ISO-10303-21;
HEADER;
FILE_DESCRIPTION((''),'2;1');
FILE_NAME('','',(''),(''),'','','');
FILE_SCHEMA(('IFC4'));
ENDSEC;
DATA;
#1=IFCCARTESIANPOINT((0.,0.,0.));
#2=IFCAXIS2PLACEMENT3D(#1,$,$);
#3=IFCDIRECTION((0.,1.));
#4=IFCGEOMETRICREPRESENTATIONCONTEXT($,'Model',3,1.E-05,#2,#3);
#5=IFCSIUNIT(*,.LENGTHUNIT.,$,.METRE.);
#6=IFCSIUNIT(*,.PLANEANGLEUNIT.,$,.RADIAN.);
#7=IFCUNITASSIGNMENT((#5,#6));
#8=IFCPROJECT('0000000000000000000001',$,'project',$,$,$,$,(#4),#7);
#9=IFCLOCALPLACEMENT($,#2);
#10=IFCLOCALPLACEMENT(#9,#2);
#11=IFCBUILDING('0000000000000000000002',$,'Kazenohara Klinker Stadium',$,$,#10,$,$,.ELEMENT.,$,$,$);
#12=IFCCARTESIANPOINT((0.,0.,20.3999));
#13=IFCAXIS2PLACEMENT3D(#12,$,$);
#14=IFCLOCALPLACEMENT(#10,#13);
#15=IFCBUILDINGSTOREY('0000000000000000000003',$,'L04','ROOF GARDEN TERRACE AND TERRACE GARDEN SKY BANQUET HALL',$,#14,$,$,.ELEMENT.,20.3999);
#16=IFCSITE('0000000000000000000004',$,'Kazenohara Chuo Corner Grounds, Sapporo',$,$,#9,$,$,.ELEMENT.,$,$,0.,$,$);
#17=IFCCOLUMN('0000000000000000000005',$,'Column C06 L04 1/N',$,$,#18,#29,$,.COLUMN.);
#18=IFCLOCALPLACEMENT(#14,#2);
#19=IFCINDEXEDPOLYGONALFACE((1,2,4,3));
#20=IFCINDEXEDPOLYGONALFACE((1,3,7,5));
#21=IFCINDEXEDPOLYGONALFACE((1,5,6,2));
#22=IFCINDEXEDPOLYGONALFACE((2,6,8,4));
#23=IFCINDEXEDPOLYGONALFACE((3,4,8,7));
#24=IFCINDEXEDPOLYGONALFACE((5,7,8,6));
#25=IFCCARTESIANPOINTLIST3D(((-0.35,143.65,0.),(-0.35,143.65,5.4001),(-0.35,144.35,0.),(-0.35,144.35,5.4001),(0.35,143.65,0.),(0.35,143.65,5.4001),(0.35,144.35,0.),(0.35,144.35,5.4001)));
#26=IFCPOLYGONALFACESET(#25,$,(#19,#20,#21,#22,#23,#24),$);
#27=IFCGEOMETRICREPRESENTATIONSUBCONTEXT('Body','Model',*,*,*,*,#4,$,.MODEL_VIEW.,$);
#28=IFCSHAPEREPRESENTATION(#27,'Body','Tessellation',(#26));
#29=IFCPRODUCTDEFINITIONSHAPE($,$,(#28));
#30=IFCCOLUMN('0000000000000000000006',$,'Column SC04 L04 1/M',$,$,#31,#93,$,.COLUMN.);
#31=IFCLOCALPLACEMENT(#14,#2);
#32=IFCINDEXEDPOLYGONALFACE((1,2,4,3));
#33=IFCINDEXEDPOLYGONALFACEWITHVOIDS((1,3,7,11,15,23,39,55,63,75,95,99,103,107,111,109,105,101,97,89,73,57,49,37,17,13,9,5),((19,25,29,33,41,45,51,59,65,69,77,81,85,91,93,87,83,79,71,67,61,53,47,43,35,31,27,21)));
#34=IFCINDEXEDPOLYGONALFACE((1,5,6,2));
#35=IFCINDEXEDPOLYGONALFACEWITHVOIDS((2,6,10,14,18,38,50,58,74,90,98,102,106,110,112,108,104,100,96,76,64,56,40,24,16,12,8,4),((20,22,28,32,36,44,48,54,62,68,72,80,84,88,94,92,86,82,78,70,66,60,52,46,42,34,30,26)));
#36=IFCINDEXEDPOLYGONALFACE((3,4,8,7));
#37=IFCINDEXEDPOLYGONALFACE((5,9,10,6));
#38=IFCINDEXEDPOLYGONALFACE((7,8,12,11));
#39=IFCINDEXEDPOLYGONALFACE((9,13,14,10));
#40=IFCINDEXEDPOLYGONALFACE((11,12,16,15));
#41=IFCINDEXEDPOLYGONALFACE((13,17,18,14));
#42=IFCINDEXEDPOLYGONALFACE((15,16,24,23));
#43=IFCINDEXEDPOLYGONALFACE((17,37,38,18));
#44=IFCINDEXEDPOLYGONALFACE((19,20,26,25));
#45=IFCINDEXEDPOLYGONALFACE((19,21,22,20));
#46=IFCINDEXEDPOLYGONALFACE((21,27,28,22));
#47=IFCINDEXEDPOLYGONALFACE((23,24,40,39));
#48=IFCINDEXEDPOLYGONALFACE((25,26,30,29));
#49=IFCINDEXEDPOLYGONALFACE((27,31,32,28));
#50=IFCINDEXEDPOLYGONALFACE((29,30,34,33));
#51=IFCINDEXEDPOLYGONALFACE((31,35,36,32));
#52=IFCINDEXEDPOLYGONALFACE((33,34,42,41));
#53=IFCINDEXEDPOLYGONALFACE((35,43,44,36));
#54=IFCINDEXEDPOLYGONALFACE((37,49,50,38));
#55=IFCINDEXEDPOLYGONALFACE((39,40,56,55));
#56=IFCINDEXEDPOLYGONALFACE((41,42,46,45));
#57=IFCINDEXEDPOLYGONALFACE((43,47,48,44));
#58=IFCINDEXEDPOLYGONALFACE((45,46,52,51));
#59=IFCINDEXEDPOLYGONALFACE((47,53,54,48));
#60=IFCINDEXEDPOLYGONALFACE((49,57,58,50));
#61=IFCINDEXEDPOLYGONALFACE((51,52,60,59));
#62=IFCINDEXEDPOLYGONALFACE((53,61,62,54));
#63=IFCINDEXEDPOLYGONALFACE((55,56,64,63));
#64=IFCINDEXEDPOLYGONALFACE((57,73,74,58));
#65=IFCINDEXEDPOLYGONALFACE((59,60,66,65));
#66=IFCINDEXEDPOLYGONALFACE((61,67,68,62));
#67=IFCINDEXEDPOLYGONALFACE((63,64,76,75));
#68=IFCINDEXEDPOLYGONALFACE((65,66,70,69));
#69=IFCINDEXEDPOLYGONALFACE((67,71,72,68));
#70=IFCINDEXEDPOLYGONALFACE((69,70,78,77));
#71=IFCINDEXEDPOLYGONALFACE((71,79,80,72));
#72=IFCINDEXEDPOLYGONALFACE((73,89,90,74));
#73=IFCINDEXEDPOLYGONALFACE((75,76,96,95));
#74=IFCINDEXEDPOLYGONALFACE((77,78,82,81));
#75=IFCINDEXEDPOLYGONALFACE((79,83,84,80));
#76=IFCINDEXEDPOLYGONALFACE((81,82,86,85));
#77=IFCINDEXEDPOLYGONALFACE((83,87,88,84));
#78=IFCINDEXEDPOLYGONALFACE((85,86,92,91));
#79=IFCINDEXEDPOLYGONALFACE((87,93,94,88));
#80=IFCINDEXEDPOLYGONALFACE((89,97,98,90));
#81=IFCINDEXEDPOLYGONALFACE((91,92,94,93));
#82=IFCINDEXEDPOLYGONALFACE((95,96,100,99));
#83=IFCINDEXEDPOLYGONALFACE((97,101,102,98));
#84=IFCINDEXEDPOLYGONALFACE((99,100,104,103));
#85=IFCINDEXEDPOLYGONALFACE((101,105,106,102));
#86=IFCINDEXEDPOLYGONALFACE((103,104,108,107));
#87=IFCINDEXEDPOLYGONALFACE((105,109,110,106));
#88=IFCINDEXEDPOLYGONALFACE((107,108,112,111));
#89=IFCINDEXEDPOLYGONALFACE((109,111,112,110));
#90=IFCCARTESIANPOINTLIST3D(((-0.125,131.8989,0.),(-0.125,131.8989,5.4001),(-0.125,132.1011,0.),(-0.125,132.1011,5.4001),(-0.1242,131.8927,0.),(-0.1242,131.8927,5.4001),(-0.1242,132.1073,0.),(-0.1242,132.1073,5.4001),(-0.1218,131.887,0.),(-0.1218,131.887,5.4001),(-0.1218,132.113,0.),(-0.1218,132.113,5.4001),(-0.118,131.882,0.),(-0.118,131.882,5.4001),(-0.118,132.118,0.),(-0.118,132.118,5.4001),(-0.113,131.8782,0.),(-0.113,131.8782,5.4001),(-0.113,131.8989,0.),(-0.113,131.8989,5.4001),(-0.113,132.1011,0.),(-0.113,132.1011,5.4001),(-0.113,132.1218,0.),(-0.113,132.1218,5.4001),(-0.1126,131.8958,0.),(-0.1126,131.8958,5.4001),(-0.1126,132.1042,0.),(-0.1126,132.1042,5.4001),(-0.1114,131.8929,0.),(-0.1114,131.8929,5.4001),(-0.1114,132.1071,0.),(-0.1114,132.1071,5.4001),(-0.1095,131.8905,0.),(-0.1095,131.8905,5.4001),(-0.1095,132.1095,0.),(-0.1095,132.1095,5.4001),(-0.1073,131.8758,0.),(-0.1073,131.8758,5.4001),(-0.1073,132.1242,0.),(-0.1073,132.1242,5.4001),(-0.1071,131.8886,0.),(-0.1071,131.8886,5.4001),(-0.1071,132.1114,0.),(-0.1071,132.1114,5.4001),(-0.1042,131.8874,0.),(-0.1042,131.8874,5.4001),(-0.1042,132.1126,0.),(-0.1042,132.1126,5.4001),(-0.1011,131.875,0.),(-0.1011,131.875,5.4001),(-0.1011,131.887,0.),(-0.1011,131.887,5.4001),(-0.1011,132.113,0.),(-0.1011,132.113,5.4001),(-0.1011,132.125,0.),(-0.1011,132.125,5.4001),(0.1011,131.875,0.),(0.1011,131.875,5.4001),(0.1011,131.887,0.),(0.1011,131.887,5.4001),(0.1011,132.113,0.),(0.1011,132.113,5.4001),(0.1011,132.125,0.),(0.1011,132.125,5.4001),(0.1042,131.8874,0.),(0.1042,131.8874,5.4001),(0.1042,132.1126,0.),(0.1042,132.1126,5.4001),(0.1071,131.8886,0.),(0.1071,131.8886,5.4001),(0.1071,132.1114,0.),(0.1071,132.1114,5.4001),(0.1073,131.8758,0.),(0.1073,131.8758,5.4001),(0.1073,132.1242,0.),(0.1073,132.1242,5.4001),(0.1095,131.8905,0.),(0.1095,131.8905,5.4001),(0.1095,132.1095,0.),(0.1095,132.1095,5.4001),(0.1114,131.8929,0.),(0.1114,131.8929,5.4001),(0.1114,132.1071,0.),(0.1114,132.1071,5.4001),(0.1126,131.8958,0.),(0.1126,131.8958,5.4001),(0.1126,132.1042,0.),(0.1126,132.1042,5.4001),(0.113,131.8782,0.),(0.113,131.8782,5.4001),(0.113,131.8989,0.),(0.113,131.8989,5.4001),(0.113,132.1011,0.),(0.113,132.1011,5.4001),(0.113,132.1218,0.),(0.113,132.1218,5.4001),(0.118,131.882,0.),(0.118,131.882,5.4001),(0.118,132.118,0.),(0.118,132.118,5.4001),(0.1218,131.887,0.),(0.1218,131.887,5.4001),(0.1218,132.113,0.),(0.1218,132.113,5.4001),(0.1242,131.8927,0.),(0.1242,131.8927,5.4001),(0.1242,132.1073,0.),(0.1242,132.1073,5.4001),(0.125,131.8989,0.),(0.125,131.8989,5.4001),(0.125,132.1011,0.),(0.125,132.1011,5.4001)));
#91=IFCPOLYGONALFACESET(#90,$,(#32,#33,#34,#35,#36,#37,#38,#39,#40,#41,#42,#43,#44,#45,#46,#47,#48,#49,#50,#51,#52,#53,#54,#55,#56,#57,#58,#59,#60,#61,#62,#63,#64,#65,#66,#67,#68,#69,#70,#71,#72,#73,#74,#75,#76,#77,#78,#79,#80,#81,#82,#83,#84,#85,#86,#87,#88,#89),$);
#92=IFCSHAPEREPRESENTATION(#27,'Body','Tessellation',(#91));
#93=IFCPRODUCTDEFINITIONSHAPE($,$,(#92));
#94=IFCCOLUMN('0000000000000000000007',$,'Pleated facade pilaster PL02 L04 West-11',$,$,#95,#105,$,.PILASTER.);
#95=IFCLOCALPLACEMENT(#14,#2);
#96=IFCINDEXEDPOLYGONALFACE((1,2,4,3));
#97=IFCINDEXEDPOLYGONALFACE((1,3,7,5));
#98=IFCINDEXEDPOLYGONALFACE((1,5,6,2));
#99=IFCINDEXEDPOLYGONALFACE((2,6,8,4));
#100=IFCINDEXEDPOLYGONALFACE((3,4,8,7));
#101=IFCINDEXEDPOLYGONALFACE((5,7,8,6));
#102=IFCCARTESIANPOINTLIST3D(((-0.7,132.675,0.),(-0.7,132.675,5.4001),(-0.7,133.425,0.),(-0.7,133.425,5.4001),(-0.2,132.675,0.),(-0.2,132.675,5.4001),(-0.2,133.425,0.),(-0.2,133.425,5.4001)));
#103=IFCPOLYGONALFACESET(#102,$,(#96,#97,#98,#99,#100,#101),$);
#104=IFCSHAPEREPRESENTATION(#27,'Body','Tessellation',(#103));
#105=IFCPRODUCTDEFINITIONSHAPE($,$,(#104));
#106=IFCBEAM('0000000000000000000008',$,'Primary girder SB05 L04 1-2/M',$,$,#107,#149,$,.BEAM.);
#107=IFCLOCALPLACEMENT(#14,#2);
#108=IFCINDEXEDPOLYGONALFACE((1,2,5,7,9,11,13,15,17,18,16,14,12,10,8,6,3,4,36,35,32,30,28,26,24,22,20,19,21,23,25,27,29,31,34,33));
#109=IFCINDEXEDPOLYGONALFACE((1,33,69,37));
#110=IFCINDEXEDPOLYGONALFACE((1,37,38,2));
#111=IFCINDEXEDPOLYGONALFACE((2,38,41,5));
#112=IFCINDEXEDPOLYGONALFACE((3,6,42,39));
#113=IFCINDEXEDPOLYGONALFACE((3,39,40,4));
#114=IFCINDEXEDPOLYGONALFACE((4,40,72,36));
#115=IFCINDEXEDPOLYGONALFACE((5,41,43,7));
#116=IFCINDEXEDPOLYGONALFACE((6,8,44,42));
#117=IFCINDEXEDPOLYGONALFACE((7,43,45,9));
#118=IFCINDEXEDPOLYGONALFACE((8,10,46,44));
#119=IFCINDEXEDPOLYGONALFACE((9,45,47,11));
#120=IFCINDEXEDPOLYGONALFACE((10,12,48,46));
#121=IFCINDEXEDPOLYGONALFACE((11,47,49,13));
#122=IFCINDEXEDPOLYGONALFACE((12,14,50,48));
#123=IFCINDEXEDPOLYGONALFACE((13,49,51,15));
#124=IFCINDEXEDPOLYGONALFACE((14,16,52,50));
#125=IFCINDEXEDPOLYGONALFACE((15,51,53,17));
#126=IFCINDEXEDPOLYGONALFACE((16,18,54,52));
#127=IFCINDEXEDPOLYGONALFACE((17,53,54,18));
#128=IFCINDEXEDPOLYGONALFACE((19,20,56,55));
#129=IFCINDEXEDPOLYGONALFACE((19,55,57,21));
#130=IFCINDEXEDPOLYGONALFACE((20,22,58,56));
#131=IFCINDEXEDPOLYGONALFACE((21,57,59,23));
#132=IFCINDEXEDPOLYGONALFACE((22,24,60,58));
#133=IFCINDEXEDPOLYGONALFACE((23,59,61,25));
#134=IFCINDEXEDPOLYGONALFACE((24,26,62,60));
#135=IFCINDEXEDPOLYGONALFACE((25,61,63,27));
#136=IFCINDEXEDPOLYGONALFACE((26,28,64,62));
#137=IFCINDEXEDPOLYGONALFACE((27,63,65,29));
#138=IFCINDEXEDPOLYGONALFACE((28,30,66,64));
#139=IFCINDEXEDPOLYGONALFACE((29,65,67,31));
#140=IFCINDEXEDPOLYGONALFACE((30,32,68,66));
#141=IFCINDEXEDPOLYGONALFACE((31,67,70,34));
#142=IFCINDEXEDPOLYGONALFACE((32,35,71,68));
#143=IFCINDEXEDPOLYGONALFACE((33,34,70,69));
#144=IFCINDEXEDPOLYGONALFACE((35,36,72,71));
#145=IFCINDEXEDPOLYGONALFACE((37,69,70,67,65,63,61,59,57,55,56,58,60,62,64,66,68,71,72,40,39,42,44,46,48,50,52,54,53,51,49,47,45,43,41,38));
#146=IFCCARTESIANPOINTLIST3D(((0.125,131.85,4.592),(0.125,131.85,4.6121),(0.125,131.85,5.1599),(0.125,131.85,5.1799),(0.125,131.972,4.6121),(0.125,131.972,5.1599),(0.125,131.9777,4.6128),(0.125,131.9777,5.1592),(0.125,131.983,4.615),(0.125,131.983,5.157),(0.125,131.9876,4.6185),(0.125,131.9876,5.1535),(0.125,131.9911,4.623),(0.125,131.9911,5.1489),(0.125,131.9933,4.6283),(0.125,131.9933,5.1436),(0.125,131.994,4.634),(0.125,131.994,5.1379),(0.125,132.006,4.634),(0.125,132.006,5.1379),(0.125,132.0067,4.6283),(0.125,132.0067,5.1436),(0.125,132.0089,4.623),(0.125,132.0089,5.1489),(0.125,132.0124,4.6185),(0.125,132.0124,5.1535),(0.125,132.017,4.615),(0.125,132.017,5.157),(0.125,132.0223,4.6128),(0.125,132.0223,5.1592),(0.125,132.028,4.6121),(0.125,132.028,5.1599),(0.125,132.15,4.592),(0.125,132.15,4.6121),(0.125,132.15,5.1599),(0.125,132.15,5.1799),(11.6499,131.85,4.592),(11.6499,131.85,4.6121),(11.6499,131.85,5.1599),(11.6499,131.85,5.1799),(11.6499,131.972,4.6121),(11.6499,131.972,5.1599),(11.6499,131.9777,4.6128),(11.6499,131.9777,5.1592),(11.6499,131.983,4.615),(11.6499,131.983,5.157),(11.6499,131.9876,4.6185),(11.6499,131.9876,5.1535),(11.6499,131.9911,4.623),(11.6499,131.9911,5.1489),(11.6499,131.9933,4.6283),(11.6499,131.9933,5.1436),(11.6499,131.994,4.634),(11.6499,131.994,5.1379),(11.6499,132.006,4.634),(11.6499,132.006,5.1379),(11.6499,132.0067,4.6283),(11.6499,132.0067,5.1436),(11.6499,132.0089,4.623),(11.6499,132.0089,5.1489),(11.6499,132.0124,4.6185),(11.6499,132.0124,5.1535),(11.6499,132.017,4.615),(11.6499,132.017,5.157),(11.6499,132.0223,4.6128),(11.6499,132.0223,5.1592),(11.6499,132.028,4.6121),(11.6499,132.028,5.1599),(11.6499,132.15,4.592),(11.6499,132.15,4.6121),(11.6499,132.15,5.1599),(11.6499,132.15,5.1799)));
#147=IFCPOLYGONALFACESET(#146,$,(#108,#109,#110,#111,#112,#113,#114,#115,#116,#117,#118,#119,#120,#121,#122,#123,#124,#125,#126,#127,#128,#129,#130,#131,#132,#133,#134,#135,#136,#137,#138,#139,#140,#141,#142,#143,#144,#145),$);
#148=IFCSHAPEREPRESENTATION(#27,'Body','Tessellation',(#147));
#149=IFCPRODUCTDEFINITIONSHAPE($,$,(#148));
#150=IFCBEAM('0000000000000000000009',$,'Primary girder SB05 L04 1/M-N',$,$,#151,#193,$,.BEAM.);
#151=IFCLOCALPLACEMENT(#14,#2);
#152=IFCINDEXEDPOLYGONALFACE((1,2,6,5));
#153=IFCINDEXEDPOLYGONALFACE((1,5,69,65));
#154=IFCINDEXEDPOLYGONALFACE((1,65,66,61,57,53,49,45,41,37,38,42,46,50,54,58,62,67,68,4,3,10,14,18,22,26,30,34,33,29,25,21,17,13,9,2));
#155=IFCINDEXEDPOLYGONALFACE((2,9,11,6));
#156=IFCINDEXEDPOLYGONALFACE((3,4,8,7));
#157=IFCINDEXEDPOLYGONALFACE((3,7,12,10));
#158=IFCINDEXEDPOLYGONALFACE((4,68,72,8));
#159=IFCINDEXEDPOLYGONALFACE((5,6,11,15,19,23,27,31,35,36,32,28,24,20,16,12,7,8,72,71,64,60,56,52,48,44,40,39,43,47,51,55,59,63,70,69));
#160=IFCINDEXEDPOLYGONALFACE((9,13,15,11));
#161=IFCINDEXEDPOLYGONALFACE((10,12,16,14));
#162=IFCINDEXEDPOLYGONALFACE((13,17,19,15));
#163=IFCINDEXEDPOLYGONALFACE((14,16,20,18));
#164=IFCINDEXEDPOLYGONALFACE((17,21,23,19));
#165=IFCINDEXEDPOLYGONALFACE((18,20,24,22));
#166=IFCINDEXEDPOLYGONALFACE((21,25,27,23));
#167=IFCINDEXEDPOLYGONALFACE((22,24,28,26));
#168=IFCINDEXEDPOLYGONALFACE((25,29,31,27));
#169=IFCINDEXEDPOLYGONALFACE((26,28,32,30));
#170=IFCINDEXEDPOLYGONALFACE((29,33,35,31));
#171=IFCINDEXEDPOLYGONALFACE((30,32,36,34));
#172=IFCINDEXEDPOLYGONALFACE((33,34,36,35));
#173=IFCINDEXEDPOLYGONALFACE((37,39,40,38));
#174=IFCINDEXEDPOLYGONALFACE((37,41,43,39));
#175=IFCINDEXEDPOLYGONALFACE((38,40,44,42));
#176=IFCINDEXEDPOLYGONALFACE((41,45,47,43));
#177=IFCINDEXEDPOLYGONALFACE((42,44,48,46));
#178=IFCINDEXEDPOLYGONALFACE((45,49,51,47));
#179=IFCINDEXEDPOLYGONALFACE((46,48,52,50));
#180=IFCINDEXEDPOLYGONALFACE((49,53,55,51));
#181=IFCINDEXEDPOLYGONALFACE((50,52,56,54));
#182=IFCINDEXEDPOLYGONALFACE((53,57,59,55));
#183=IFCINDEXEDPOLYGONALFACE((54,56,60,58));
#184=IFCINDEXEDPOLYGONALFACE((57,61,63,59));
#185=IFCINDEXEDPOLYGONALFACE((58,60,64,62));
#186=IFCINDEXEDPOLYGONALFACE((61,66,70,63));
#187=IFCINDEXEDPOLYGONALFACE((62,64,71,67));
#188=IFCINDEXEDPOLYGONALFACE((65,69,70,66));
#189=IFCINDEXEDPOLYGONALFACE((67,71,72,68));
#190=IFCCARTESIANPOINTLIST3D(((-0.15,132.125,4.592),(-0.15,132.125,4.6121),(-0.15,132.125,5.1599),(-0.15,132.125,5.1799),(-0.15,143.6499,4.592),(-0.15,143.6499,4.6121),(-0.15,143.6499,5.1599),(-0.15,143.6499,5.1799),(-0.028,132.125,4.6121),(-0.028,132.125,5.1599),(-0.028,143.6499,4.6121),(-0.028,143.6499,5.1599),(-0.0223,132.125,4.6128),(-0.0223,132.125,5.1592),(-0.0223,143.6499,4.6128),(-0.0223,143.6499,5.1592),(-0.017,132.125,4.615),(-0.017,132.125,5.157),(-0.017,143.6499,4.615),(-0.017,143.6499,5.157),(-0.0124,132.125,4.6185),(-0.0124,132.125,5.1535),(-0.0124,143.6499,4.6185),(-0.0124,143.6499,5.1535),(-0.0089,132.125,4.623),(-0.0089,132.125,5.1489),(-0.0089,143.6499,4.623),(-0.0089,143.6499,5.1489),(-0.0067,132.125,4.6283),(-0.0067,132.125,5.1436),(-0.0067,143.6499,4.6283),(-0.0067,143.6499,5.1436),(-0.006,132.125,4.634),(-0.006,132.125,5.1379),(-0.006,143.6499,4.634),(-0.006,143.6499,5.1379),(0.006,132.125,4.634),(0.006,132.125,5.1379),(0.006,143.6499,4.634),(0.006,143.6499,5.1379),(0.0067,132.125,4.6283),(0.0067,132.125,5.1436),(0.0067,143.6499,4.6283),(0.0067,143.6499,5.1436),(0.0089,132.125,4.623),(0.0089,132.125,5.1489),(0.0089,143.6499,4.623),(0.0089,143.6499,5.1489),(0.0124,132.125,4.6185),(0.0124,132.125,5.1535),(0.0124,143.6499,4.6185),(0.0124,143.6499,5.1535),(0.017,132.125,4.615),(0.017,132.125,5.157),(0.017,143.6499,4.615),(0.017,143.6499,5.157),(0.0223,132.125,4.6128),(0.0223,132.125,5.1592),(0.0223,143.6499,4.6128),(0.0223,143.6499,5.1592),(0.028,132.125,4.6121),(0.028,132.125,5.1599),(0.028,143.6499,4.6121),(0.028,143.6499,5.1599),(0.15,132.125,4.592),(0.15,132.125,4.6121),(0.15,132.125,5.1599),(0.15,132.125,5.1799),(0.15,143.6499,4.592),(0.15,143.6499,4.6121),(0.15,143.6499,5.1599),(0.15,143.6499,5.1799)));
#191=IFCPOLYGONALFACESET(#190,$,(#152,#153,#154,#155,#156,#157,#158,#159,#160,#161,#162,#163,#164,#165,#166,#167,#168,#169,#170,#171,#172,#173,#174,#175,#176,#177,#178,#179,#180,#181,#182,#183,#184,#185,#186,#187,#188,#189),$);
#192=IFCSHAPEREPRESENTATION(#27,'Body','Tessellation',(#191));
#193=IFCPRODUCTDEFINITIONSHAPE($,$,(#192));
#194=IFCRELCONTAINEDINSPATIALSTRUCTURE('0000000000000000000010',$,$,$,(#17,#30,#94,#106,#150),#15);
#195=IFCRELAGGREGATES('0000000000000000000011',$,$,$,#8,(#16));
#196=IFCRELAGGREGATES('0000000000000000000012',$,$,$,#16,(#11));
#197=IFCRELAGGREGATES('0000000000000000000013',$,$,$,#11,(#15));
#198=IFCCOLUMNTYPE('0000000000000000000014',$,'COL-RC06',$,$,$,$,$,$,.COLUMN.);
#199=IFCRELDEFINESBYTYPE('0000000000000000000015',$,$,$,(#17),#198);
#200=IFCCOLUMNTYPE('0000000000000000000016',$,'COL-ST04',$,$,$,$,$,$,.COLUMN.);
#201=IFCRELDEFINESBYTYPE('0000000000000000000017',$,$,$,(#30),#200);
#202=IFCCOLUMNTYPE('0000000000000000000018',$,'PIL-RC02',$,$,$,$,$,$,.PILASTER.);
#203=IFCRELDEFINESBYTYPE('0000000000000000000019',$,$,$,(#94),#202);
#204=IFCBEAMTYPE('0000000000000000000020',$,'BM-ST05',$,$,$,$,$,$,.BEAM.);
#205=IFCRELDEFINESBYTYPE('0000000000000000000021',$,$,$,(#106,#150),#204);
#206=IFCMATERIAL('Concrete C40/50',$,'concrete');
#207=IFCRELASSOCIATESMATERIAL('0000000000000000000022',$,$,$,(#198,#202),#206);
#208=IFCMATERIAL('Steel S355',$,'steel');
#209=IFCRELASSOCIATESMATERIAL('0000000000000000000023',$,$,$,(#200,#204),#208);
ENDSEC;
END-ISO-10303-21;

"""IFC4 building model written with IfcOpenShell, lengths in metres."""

from ifc_helpers import new_model, si_unit, direction, frame, origin, origin_2d, place, context, subcontext, project, spatial, rectangle, hollow_rectangle, i_section, extrude, material, material_profile, profile_set, type_object, element, save


model = new_model("IFC4")

# Units and contexts
model_context = context("Model", 3, precision=1e-05, world=origin(), true_north=direction((0.0, 1.0)))
body_context = subcontext(model_context, "Body", "Model", "MODEL_VIEW")
ifc_project = project(units=[si_unit("LENGTHUNIT", "METRE"), si_unit("PLANEANGLEUNIT", "RADIAN")], contexts=[model_context])

# Site, building, storey
site_placement = place(None, origin())
site = spatial("IfcSite", under=ifc_project, at=site_placement, Name="Kazenohara Chuo Corner Grounds, Sapporo", CompositionType="ELEMENT", RefElevation=0.0)
building_placement = place(site_placement, origin())
building = spatial("IfcBuilding", under=site, at=building_placement, Name="Kazenohara Klinker Stadium", CompositionType="ELEMENT")
storey_placement = place(building_placement, frame((0.0, 0.0, 20.3999)))
storey = spatial("IfcBuildingStorey", under=building, at=storey_placement, Name="L04", Description="ROOF GARDEN TERRACE AND TERRACE GARDEN SKY BANQUET HALL", CompositionType="ELEMENT", Elevation=20.3999)

# Columns
ifc_material_1 = material(Name="Concrete C40/50", Category="concrete")
ifc_material_profile_1 = material_profile(ifc_material_1, rectangle(XDim=0.7, YDim=0.7, at=origin_2d()), Name="RC-COL-700x700")
ifc_profile_set_1 = profile_set([ifc_material_profile_1], Name="Concrete C40/50")
column_type_1 = type_object("IfcColumnType", Name="COL-RC06", PredefinedType="COLUMN", material=ifc_profile_set_1)
column_1_placement = place(storey_placement, frame((0.0, 144.0, 0.0), z_axis=(0.0, 0.0, 1.0), x_axis=(1.0, 0.0, 0.0)))
element("IfcColumn", 1, at=column_1_placement, inside=storey, type_object=column_type_1, Name="Column C06 L04 1/N", PredefinedType="COLUMN", context=body_context, shape_type="SweptSolid", body=[
    extrude(rectangle(XDim=0.7, YDim=0.7, at=origin_2d()), origin(), (0.0, 0.0, 1.0), 5.4001),
])
ifc_material_2 = material(Name="Steel S355", Category="steel")
ifc_material_profile_2 = material_profile(ifc_material_2, hollow_rectangle(XDim=0.25, YDim=0.25, WallThickness=0.012, InnerFilletRadius=0.012, OuterFilletRadius=0.0239, at=origin_2d()), Name="SHS-250x250x12")
ifc_profile_set_2 = profile_set([ifc_material_profile_2], Name="Steel S355")
column_type_2 = type_object("IfcColumnType", Name="COL-ST04", PredefinedType="COLUMN", material=ifc_profile_set_2)
column_2_placement = place(storey_placement, frame((0.0, 132.0, 0.0), z_axis=(0.0, 0.0, 1.0), x_axis=(1.0, 0.0, 0.0)))
element("IfcColumn", 2, at=column_2_placement, inside=storey, type_object=column_type_2, Name="Column SC04 L04 1/M", PredefinedType="COLUMN", context=body_context, shape_type="SweptSolid", body=[
    extrude(hollow_rectangle(XDim=0.25, YDim=0.25, WallThickness=0.012, InnerFilletRadius=0.012, OuterFilletRadius=0.0239, at=origin_2d()), origin(), (0.0, 0.0, 1.0), 5.4001),
])
ifc_material_profile_3 = material_profile(ifc_material_1, rectangle(XDim=0.5, YDim=0.75, at=origin_2d()), Name="RC-PILASTER-500x750")
ifc_profile_set_3 = profile_set([ifc_material_profile_3], Name="Concrete C40/50")
column_type_3 = type_object("IfcColumnType", Name="PIL-RC02", PredefinedType="PILASTER", material=ifc_profile_set_3)
column_3_placement = place(storey_placement, frame((-0.45, 133.05, 0.0), z_axis=(0.0, 0.0, 1.0), x_axis=(1.0, 0.0, 0.0)))
element("IfcColumn", 3, at=column_3_placement, inside=storey, type_object=column_type_3, Name="Pleated facade pilaster PL02 L04 West-11", PredefinedType="PILASTER", context=body_context, shape_type="SweptSolid", body=[
    extrude(rectangle(XDim=0.5, YDim=0.75, at=origin_2d()), origin(), (0.0, 0.0, 1.0), 5.4001),
])

# Beams
ifc_material_profile_4 = material_profile(ifc_material_2, i_section(OverallWidth=0.3, OverallDepth=0.5879, WebThickness=0.012, FlangeThickness=0.02, FilletRadius=0.022, at=origin_2d()), Name="H-588x300x12x20")
ifc_profile_set_4 = profile_set([ifc_material_profile_4], Name="Steel S355")
beam_type = type_object("IfcBeamType", Name="BM-ST05", PredefinedType="BEAM", material=ifc_profile_set_4)
for number, where, z_axis, x_axis, name in (
    (4, (0.125, 132.0, 4.886), (1.0, 0.0, 0.0), (0.0, 1.0, 0.0), "Primary girder SB05 L04 1-2/M"),
    (5, (0.0, 132.125, 4.886), (0.0, 1.0, 0.0), (-1.0, 0.0, 0.0), "Primary girder SB05 L04 1/M-N"),
):
    element("IfcBeam", number, at=place(storey_placement, frame(where, z_axis=z_axis, x_axis=x_axis)), inside=storey, type_object=beam_type, Name=name, PredefinedType="BEAM", context=body_context, shape_type="SweptSolid", body=[
        extrude(i_section(OverallWidth=0.3, OverallDepth=0.5879, WebThickness=0.012, FlangeThickness=0.02, FilletRadius=0.022, at=origin_2d()), origin(), (0.0, 0.0, 1.0), 11.5249),
    ])

save(model, "model.ifc")
